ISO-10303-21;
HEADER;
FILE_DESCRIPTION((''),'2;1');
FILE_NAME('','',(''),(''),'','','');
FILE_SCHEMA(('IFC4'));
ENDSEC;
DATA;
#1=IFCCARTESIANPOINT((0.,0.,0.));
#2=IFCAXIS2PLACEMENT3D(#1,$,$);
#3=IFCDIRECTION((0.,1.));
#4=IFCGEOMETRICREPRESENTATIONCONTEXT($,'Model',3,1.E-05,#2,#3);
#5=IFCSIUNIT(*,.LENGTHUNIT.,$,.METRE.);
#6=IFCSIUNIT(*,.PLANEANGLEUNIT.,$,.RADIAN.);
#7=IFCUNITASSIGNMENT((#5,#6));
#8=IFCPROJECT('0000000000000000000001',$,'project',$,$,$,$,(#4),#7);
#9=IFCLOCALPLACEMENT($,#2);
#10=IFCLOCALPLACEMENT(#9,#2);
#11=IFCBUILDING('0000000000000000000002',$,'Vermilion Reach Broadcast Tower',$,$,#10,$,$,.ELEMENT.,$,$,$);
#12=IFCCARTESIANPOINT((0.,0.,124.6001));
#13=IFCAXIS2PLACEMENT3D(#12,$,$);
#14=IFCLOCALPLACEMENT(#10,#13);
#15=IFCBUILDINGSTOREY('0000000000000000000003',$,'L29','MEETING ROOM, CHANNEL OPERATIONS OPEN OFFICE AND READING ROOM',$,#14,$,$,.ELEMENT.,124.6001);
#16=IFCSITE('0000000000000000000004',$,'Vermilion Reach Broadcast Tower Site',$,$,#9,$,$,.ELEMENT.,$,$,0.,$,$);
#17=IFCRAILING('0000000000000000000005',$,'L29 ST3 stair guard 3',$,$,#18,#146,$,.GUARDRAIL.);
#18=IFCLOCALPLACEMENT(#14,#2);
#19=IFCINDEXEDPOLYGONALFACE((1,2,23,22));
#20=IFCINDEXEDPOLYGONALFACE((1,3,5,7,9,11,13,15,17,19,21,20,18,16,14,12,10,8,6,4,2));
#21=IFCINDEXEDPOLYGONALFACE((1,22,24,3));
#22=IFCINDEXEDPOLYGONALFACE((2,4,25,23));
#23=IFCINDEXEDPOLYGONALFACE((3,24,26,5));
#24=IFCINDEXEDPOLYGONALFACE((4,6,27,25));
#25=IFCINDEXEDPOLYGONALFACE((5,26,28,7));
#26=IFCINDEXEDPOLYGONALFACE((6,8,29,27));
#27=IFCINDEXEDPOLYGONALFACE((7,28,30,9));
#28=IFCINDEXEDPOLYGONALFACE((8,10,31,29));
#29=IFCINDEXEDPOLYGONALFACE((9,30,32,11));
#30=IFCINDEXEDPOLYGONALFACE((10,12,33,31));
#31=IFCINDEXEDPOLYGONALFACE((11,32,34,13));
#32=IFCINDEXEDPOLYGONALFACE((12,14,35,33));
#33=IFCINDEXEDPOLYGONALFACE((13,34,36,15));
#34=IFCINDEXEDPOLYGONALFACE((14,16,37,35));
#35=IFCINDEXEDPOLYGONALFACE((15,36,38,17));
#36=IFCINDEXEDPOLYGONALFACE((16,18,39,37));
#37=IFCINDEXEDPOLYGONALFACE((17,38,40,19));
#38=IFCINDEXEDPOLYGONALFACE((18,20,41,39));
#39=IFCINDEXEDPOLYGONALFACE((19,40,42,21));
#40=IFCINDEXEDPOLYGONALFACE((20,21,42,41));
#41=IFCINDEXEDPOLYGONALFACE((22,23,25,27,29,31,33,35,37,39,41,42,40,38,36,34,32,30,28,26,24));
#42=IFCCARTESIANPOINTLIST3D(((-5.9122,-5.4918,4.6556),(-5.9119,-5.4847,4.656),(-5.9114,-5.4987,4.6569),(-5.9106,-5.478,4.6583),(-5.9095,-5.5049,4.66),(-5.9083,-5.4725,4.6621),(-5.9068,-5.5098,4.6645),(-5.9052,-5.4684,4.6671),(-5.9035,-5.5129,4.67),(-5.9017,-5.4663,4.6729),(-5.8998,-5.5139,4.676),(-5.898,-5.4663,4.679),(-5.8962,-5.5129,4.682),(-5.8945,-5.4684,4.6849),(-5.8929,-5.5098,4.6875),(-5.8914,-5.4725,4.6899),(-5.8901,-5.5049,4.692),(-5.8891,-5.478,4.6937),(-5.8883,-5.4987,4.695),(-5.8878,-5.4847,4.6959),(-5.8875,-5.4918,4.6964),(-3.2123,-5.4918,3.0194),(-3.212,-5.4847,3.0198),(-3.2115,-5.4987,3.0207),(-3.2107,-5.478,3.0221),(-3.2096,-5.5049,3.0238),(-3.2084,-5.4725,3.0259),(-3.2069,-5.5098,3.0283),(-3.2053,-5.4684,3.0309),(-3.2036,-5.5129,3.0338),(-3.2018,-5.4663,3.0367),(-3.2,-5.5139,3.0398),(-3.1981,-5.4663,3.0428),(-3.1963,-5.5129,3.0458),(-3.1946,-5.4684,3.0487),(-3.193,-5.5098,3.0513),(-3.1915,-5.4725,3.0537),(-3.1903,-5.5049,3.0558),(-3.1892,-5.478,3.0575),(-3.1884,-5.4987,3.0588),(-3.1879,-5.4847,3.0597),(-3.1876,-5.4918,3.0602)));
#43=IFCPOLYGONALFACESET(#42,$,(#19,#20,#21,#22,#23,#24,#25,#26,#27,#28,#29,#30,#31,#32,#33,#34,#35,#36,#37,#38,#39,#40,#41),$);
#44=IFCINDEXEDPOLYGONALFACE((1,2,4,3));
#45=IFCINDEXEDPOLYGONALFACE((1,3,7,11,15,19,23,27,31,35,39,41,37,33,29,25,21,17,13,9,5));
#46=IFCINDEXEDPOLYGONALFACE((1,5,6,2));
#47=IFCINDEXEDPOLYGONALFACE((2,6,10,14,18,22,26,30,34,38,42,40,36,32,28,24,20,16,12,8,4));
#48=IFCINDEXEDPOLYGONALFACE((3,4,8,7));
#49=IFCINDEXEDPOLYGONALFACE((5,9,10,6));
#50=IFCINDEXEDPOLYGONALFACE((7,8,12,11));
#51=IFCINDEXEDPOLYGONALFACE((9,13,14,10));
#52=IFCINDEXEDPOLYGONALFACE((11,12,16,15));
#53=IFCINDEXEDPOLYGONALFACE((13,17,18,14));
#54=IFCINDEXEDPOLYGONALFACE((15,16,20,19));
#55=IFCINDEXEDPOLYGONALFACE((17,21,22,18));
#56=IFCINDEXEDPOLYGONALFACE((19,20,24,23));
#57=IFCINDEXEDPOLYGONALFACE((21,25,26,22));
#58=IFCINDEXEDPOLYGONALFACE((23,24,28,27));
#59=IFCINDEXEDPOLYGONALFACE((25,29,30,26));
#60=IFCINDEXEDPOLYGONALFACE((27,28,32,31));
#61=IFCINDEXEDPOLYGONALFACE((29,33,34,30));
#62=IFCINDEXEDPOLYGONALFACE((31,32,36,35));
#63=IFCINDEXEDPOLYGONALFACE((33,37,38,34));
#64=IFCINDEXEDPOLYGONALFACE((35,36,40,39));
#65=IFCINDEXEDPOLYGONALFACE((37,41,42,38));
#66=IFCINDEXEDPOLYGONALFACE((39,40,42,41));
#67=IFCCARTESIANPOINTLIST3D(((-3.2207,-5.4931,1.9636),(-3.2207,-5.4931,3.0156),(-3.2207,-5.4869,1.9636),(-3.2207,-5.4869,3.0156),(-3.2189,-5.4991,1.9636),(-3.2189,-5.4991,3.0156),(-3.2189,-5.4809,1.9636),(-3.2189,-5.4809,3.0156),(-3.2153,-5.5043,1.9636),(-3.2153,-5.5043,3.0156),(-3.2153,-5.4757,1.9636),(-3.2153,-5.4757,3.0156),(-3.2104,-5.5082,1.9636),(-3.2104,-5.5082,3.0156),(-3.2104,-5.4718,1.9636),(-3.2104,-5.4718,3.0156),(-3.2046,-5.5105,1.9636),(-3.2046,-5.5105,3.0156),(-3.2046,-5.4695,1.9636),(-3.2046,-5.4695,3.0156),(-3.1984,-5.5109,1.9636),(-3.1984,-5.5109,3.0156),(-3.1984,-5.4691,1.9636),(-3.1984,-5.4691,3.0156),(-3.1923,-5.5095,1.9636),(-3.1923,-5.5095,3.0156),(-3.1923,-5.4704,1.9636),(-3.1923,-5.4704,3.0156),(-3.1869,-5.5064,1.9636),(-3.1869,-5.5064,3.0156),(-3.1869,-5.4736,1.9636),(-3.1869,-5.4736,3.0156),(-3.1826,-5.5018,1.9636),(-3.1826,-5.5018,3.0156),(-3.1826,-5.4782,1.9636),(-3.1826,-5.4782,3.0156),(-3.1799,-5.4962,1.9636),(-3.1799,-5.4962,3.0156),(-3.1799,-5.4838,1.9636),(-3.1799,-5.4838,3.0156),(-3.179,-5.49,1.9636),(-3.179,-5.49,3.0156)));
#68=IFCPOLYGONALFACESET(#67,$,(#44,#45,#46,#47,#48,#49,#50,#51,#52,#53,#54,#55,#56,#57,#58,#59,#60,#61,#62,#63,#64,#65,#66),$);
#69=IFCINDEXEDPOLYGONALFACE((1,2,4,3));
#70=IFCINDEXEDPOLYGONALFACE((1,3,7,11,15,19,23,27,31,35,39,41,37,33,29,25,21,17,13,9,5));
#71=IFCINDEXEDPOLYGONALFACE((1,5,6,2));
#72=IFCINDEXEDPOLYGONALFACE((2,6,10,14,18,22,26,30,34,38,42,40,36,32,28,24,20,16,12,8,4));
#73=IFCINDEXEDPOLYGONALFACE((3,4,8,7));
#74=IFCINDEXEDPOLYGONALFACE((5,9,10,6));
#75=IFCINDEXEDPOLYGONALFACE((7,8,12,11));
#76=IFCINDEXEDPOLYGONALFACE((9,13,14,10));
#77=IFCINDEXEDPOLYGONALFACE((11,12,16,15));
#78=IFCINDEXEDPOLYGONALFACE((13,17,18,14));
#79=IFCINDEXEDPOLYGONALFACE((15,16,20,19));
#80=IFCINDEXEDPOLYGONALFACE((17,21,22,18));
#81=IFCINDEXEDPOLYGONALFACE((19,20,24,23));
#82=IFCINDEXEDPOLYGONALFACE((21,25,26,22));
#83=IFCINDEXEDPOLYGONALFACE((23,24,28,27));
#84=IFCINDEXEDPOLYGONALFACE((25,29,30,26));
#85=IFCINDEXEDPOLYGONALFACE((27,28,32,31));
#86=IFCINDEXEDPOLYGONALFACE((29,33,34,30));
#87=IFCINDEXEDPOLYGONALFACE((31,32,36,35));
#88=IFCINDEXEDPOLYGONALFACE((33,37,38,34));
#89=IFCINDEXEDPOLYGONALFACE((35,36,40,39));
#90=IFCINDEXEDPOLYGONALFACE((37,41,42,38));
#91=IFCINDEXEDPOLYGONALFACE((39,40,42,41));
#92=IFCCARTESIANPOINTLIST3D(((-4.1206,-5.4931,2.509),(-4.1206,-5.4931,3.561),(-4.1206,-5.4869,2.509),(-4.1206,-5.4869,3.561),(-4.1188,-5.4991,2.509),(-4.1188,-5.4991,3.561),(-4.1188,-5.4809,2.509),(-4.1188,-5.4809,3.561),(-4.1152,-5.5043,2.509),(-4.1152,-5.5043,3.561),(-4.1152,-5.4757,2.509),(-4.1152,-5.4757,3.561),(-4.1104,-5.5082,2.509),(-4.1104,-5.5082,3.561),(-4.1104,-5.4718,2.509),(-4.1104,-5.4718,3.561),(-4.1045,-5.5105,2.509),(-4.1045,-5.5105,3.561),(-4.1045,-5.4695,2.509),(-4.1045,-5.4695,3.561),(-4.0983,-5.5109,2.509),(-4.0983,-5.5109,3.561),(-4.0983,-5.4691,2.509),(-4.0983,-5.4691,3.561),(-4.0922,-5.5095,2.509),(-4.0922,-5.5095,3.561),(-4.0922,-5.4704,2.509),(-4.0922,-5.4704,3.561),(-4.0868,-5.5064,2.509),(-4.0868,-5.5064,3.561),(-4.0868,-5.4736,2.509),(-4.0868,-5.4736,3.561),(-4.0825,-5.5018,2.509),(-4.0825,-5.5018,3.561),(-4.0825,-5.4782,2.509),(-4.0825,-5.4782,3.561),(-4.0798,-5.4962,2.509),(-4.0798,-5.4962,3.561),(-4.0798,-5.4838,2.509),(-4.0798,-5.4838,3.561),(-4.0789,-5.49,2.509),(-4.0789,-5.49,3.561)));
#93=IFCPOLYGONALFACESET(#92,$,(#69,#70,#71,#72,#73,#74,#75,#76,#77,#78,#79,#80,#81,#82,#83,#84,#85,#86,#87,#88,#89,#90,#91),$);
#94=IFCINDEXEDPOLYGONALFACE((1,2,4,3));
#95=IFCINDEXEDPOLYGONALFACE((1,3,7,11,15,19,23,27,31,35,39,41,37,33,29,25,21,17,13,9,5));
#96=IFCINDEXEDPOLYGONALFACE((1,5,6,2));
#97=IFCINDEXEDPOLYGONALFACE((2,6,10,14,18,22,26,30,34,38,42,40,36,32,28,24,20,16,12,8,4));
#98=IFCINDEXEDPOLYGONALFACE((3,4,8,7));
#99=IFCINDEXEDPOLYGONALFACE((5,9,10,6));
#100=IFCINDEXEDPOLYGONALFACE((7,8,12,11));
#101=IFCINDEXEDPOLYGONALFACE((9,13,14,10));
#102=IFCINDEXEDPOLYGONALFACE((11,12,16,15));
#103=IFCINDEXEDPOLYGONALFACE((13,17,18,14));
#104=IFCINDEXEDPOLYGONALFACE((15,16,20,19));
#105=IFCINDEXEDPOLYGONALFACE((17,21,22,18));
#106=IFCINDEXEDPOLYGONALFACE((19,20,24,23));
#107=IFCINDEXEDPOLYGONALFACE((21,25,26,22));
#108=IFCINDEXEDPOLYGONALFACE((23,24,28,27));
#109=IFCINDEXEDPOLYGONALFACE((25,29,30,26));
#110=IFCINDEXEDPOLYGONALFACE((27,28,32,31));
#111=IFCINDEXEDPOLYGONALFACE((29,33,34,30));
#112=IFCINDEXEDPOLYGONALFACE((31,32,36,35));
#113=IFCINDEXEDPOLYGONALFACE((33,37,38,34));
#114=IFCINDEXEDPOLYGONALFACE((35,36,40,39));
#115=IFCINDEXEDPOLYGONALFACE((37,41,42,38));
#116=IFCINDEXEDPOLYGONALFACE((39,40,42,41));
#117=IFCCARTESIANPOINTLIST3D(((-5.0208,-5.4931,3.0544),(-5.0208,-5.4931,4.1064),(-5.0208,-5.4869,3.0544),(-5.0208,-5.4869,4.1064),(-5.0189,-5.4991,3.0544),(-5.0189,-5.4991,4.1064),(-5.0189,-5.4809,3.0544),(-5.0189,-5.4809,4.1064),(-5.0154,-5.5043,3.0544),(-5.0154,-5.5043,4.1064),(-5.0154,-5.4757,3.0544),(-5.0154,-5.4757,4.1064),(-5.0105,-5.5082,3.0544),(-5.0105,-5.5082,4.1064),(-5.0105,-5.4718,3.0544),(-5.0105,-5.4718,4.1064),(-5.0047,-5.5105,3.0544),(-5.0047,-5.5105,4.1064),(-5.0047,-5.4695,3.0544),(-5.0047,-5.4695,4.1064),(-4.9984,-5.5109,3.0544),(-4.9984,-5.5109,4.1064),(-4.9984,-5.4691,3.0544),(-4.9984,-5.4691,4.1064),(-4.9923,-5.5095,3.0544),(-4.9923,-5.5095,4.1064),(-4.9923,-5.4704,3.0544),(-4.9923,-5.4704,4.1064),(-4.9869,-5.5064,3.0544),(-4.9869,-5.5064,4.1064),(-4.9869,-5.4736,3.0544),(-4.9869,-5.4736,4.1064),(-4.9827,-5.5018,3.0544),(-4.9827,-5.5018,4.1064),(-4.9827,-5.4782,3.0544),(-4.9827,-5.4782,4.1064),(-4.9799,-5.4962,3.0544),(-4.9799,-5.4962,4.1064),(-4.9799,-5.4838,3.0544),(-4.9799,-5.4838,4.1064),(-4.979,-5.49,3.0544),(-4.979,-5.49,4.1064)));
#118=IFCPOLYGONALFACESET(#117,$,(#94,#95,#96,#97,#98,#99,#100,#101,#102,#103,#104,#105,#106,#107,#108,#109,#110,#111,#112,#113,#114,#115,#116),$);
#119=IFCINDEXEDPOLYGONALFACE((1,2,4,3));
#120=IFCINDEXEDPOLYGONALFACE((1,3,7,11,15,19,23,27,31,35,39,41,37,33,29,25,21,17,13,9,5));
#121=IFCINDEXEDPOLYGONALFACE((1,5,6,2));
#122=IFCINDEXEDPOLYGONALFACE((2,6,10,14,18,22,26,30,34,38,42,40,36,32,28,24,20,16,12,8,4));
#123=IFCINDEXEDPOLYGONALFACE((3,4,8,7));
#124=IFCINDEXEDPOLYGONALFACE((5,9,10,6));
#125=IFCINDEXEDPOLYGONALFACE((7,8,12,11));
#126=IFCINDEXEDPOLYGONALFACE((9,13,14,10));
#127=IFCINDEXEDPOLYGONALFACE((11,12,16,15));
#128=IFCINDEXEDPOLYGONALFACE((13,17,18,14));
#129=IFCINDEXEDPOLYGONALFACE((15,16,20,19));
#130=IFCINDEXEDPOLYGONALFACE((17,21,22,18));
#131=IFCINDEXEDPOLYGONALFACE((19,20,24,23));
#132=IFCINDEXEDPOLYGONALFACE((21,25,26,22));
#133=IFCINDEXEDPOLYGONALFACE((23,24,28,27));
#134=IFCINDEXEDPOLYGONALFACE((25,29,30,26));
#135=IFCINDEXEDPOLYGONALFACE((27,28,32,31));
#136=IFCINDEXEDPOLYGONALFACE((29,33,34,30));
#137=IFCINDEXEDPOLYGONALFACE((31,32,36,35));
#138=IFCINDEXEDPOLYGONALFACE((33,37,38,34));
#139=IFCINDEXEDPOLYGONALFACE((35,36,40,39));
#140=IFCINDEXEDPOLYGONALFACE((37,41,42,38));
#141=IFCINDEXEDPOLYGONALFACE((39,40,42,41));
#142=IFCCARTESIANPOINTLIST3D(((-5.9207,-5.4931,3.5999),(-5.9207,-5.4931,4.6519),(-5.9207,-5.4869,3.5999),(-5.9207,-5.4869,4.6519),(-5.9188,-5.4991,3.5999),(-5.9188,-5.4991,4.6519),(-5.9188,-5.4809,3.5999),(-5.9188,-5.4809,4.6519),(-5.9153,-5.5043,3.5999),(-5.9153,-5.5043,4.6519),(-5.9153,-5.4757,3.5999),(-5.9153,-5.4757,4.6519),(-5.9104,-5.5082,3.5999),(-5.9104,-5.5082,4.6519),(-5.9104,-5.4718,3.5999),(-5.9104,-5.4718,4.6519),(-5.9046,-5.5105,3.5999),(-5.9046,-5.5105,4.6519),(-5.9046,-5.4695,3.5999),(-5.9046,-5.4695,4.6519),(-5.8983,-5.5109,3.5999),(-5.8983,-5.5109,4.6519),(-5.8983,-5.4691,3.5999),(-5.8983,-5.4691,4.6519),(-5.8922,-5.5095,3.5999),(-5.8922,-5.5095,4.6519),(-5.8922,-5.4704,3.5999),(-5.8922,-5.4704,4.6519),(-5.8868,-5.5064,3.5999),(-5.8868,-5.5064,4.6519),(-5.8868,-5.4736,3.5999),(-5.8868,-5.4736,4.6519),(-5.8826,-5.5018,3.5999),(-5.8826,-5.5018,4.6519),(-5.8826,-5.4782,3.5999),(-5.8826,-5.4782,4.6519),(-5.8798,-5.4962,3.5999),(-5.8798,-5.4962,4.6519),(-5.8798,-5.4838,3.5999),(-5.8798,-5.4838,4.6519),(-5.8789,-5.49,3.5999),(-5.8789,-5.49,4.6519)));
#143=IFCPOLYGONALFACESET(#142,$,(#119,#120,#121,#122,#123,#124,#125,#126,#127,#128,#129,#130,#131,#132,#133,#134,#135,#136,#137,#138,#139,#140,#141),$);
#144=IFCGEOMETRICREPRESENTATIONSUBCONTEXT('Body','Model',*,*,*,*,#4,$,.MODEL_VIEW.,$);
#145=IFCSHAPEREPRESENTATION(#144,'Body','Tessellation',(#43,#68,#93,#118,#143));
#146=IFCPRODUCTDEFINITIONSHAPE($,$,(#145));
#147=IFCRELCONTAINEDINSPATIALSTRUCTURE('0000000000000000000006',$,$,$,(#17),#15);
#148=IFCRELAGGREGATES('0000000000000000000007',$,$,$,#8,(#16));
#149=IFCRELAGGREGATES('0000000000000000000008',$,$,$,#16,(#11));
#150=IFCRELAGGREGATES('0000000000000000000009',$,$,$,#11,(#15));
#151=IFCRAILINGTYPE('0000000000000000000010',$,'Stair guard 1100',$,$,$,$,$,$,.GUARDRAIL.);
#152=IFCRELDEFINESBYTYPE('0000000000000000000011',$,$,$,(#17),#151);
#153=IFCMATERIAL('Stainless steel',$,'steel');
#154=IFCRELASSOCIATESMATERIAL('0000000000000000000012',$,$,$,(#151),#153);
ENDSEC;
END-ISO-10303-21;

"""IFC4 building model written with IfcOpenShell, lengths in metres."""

from ifc_helpers import new_model, si_unit, direction, frame, origin, origin_2d, place, context, subcontext, project, spatial, circle, extrude, material, type_object, element, save


model = new_model("IFC4")

# Units and contexts
model_context = context("Model", 3, precision=1e-05, world=origin(), true_north=direction((0.0, 1.0)))
body_context = subcontext(model_context, "Body", "Model", "MODEL_VIEW")
ifc_project = project(units=[si_unit("LENGTHUNIT", "METRE"), si_unit("PLANEANGLEUNIT", "RADIAN")], contexts=[model_context])

# Site, building, storey
site_placement = place(None, origin())
site = spatial("IfcSite", under=ifc_project, at=site_placement, Name="Vermilion Reach Broadcast Tower Site", CompositionType="ELEMENT", RefElevation=0.0)
building_placement = place(site_placement, origin())
building = spatial("IfcBuilding", under=site, at=building_placement, Name="Vermilion Reach Broadcast Tower", CompositionType="ELEMENT")
storey_placement = place(building_placement, frame((0.0, 0.0, 124.6001)))
storey = spatial("IfcBuildingStorey", under=building, at=storey_placement, Name="L29", Description="MEETING ROOM, CHANNEL OPERATIONS OPEN OFFICE AND READING ROOM", CompositionType="ELEMENT", Elevation=124.6001)

# Railing
ifc_material_1 = material(Name="Stainless steel", Category="steel")
railing_type_1 = type_object("IfcRailingType", Name="Stair guard 1100", PredefinedType="GUARDRAIL", material=ifc_material_1)
railing_1_placement = place(storey_placement, frame((-3.2, -5.49, 1.9636)))
element("IfcRailing", 1, at=railing_1_placement, inside=storey, type_object=railing_type_1, Name="L29 ST3 stair guard 3", PredefinedType="GUARDRAIL", context=body_context, shape_type="SweptSolid", body=[
    extrude(circle(Radius=0.0239, at=origin_2d()), frame((0.0, 0.0, 1.0762), z_axis=(-0.855212, 0.0, 0.518278), x_axis=(0.0, -1.0, 0.0)), (0.0, 0.0, 1.0), 3.157),
    extrude(circle(Radius=0.021, at=origin_2d()), origin(), (0.0, 0.0, 1.0), 1.052),
    extrude(circle(Radius=0.021, at=origin_2d()), frame((-0.8999, 0.0, 0.5454)), (0.0, 0.0, 1.0), 1.052),
    extrude(circle(Radius=0.021, at=origin_2d()), frame((-1.8, 0.0, 1.0908)), (0.0, 0.0, 1.0), 1.052),
    extrude(circle(Radius=0.021, at=origin_2d()), frame((-2.7, 0.0, 1.6362)), (0.0, 0.0, 1.0), 1.052),
])

save(model, "model.ifc")
